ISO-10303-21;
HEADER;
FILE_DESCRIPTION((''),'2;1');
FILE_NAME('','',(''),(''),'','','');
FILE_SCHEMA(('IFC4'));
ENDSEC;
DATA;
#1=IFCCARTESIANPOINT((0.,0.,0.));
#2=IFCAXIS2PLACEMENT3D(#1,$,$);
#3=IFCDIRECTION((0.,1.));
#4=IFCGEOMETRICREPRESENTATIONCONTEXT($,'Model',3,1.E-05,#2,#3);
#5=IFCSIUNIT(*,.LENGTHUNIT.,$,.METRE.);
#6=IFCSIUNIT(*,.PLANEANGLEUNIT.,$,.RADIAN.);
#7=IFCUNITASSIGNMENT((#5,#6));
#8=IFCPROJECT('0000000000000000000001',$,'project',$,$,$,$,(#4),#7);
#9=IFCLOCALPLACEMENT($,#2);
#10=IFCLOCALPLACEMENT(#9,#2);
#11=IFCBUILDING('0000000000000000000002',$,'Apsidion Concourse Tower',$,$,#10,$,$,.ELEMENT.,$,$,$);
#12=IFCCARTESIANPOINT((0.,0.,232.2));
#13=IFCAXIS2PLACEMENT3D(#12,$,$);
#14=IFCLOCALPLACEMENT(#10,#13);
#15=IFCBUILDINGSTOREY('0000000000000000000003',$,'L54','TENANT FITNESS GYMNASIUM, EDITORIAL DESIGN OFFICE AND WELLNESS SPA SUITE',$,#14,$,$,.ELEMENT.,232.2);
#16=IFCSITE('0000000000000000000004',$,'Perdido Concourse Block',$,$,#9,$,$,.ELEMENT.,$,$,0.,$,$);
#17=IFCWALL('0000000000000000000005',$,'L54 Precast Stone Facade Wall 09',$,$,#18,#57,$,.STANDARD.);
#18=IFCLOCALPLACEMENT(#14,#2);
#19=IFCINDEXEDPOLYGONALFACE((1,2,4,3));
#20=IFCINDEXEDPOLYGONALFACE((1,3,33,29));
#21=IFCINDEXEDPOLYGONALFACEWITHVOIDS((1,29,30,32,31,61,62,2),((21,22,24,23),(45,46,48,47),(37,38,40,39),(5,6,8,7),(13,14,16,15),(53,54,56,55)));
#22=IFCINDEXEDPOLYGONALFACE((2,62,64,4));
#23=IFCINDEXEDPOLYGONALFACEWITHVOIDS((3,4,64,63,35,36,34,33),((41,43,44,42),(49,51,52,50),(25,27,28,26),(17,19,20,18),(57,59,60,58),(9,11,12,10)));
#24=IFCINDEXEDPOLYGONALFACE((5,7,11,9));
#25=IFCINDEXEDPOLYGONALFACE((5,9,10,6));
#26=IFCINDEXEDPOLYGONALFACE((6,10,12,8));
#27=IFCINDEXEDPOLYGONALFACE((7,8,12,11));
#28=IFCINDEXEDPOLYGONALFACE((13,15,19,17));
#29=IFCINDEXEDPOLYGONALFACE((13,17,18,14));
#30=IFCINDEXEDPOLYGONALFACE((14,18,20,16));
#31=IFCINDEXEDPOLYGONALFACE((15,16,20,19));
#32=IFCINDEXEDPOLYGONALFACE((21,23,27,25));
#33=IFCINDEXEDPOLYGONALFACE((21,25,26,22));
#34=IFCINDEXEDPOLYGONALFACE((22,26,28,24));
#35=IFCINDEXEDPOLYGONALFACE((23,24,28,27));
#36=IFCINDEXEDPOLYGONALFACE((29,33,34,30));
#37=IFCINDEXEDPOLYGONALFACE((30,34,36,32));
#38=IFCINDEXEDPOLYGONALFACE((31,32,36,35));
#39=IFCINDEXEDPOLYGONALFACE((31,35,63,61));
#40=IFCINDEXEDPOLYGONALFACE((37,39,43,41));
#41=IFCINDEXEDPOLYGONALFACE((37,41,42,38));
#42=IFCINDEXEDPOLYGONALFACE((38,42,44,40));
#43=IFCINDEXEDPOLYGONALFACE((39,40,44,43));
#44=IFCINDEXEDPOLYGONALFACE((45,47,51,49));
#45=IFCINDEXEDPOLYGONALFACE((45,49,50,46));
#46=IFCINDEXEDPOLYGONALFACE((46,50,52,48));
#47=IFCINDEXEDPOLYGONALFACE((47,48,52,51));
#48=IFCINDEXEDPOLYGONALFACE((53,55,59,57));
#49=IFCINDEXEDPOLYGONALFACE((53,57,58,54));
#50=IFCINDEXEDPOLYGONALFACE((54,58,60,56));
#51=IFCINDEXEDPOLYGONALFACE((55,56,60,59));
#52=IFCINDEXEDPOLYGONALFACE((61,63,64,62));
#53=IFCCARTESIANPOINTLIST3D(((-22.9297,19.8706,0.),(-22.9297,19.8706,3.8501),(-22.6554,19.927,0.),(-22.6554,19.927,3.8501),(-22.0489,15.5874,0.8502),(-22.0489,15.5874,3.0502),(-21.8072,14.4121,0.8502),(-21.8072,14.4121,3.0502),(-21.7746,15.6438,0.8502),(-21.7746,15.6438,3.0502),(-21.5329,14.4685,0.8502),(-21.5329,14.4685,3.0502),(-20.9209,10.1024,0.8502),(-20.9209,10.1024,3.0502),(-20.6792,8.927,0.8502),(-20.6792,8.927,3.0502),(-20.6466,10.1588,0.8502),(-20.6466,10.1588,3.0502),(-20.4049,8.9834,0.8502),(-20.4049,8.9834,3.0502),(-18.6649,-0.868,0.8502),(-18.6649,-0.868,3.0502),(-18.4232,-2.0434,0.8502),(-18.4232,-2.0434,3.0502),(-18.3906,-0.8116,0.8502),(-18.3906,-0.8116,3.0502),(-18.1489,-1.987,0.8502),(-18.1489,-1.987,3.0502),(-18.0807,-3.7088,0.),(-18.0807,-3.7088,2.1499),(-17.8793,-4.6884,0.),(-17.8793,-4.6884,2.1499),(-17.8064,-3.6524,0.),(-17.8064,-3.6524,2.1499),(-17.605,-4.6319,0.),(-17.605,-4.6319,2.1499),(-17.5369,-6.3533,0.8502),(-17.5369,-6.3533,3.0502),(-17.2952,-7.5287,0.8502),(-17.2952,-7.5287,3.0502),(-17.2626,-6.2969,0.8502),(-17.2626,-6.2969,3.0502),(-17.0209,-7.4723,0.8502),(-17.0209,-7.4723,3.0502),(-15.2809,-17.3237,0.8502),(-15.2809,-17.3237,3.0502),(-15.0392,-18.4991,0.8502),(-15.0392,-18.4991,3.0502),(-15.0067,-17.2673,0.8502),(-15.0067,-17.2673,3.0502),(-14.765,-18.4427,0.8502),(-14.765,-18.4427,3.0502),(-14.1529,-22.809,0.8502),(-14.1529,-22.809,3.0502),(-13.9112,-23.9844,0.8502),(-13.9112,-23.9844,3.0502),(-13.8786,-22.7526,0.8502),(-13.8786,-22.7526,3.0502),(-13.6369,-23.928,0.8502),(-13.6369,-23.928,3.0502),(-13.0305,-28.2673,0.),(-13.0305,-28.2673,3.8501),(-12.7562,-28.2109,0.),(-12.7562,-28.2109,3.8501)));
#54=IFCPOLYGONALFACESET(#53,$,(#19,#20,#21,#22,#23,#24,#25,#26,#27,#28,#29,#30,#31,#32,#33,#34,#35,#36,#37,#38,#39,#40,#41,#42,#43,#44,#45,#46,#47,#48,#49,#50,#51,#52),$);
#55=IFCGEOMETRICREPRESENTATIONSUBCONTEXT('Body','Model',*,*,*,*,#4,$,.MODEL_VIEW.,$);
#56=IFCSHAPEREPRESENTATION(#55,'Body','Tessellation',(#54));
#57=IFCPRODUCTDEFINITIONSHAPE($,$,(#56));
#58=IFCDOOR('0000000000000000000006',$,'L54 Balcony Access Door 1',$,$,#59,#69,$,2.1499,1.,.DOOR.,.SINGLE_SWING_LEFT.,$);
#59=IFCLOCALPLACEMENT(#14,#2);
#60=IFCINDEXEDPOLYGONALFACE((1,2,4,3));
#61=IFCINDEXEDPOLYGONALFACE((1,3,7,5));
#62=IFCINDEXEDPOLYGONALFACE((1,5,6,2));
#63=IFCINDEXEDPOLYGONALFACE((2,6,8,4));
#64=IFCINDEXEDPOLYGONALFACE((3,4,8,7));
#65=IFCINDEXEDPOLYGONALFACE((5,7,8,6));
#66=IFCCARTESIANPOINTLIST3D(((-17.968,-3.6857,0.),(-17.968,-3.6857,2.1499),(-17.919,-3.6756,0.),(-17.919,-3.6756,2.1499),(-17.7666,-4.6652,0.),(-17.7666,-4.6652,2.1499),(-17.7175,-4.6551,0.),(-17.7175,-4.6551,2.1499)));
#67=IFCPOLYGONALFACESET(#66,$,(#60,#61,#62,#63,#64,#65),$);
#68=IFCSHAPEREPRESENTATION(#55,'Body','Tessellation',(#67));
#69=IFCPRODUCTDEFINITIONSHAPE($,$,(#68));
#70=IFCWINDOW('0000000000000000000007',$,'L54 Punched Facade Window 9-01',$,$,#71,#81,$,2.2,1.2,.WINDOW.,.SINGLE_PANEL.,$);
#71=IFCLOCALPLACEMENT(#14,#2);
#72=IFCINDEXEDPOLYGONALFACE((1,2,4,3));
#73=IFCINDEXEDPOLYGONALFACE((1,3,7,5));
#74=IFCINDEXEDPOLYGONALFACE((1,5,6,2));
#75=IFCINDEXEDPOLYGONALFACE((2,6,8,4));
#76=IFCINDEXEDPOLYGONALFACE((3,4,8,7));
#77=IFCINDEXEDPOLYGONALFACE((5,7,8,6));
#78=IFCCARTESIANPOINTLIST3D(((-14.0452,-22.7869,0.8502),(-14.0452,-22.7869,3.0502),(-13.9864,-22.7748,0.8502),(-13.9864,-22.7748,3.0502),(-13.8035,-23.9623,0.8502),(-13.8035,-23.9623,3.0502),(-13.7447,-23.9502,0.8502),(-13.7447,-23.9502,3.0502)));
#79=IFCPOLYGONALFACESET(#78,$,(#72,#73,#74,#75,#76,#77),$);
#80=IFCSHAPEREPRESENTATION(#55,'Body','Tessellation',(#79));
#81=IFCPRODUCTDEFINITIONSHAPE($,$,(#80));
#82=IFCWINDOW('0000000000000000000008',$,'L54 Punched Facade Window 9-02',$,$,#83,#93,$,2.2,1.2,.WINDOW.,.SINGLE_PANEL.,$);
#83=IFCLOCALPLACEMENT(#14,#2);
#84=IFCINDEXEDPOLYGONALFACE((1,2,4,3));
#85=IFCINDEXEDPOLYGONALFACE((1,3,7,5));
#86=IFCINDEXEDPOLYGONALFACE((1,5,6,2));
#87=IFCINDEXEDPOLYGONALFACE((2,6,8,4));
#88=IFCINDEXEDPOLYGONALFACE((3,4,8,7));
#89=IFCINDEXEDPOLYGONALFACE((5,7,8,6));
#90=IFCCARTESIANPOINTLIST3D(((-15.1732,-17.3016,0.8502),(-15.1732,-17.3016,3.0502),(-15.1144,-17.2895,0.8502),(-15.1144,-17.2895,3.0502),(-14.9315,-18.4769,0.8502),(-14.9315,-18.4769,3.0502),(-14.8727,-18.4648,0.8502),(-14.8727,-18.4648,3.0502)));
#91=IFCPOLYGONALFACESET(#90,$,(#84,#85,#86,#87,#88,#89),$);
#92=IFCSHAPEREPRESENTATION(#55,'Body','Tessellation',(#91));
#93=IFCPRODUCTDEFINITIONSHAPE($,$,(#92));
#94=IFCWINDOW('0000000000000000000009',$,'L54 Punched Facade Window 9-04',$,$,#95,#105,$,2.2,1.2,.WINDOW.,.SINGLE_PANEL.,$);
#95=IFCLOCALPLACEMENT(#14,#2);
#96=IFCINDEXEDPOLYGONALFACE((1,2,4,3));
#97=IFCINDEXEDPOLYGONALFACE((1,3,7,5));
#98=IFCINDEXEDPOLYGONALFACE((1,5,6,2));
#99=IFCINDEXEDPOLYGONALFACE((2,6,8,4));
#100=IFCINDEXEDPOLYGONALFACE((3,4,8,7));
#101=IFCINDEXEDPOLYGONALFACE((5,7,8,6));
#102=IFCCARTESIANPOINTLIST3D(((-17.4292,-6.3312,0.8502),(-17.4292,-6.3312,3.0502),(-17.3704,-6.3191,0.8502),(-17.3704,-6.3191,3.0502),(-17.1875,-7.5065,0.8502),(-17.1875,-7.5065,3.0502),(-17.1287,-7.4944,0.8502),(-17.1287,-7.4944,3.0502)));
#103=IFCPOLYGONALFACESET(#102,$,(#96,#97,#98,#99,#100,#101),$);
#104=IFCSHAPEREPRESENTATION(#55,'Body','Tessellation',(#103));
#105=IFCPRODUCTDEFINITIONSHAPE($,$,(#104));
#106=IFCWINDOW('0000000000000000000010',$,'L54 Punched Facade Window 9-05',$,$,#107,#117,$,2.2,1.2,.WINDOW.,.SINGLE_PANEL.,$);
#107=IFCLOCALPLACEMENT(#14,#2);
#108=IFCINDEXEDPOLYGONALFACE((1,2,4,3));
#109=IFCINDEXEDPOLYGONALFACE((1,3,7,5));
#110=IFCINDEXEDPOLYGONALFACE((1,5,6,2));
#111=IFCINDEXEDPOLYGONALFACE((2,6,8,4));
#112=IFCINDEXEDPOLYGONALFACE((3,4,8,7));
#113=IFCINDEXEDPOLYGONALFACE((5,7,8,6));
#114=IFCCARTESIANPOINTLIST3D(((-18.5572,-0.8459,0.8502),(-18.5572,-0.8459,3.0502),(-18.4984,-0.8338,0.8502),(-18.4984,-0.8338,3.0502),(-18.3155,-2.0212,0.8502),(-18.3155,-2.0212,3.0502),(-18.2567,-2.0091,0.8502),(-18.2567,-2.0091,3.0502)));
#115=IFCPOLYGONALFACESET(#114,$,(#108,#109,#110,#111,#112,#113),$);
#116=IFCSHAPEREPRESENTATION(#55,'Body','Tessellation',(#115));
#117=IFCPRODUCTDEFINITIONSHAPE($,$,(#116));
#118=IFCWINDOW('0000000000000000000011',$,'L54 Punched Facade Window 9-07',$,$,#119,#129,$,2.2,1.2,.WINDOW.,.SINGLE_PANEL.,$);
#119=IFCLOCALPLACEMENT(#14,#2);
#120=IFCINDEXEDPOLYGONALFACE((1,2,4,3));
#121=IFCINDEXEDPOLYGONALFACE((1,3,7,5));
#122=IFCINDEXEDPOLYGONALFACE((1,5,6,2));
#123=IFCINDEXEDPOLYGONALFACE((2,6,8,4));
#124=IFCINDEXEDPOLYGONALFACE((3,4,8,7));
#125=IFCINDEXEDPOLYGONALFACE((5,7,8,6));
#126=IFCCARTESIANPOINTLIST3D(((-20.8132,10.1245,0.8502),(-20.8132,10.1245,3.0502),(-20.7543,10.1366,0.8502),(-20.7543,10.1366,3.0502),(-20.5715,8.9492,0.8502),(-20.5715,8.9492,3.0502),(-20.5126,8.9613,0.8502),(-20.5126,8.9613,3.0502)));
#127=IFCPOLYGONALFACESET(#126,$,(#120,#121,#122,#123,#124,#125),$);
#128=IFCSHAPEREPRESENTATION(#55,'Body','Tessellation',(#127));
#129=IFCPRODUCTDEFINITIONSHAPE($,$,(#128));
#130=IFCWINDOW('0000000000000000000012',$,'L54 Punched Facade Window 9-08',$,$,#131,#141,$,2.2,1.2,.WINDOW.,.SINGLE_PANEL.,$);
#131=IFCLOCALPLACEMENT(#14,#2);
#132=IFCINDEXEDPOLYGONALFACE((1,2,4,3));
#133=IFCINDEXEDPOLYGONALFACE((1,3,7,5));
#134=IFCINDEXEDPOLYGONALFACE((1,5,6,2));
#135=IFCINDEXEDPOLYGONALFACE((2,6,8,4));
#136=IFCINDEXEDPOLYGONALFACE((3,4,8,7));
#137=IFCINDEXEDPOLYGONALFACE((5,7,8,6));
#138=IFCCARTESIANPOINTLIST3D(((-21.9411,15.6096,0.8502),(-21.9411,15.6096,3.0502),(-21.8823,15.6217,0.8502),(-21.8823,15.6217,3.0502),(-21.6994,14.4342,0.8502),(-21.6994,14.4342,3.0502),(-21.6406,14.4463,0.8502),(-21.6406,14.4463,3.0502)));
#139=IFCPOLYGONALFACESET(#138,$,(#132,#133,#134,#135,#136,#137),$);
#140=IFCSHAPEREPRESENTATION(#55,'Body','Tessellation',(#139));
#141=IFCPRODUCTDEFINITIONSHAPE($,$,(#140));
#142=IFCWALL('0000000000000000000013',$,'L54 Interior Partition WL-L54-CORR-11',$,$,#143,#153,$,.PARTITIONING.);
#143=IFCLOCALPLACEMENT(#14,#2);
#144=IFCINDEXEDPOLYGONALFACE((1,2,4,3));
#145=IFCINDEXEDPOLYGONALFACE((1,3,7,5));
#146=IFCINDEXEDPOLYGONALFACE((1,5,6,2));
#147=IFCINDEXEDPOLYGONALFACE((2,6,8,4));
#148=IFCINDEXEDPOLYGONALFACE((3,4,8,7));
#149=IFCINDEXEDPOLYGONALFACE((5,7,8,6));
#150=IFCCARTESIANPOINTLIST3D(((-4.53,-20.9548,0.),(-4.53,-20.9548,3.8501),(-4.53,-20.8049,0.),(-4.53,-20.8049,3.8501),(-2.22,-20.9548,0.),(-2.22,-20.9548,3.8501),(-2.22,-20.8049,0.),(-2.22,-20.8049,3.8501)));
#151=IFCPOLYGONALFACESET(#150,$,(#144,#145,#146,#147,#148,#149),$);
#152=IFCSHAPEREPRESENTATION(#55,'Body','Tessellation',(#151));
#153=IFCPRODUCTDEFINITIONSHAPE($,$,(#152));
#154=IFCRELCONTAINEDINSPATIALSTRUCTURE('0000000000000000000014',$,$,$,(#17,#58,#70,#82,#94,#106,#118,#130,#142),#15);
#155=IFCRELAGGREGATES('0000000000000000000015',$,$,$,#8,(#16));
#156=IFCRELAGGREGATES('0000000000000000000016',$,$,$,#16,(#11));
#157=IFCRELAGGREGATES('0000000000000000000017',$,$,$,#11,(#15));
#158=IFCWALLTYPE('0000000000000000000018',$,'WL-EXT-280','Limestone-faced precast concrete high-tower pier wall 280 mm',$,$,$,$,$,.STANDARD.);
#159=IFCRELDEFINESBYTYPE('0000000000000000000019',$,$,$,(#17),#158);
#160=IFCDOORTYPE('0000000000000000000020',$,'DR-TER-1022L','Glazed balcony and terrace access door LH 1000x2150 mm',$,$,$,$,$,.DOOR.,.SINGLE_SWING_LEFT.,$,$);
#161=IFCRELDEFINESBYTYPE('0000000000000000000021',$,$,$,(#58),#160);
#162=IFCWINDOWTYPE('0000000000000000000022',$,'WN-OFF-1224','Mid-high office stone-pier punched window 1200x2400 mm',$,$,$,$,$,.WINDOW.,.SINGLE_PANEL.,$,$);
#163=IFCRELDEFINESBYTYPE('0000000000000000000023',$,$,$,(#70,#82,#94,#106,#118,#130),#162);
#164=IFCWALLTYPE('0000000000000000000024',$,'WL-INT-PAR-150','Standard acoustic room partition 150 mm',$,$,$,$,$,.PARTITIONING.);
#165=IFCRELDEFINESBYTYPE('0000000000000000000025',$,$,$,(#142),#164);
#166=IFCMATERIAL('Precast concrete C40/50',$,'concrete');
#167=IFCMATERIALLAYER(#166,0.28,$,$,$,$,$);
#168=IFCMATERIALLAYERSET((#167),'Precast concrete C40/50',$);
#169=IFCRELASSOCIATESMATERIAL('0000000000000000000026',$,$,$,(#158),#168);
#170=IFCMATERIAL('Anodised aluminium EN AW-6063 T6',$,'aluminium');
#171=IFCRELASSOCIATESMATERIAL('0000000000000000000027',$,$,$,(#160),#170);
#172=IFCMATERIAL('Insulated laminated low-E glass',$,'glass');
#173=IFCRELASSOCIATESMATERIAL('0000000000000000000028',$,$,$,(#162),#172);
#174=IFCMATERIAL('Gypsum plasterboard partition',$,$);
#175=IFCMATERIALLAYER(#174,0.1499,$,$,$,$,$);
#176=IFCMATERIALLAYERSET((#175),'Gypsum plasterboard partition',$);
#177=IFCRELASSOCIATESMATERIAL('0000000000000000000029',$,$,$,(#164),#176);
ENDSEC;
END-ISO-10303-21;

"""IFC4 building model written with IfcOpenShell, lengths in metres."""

from ifc_helpers import new_model, si_unit, direction, frame, frame_2d, origin, place, context, subcontext, project, spatial, rectangle, extrude, material, layer, layer_set, type_object, element, fill, save


model = new_model("IFC4")

# Units and contexts
model_context = context("Model", 3, precision=1e-05, world=origin(), true_north=direction((0.0, 1.0)))
body_context = subcontext(model_context, "Body", "Model", "MODEL_VIEW")
ifc_project = project(units=[si_unit("LENGTHUNIT", "METRE"), si_unit("PLANEANGLEUNIT", "RADIAN")], contexts=[model_context])

# Site, building, storey
site_placement = place(None, origin())
site = spatial("IfcSite", under=ifc_project, at=site_placement, Name="Perdido Concourse Block", CompositionType="ELEMENT", RefElevation=0.0)
building_placement = place(site_placement, origin())
building = spatial("IfcBuilding", under=site, at=building_placement, Name="Apsidion Concourse Tower", CompositionType="ELEMENT")
storey_placement = place(building_placement, frame((0.0, 0.0, 232.2)))
storey = spatial("IfcBuildingStorey", under=building, at=storey_placement, Name="L54", Description="TENANT FITNESS GYMNASIUM, EDITORIAL DESIGN OFFICE AND WELLNESS SPA SUITE", CompositionType="ELEMENT", Elevation=232.2)

# Shared definitions
ifc_material_1 = material(Name="Precast concrete C40/50", Category="concrete")
ifc_layer_1 = layer(ifc_material_1, 0.28)
ifc_layer_set_1 = layer_set([ifc_layer_1], Name="Precast concrete C40/50")
wall_type_1 = type_object("IfcWallType", Name="WL-EXT-280", Description="Limestone-faced precast concrete high-tower pier wall 280 mm", PredefinedType="STANDARD", material=ifc_layer_set_1)

# Wall, openings, door, windows
wall_1_placement = place(storey_placement, frame((-12.8933, -28.2393, 0.0), z_axis=(0.0, 0.0, 1.0), x_axis=(-0.201427, 0.979504, 0.0)))
wall_1 = element("IfcWall", 1, at=wall_1_placement, inside=storey, type_object=wall_type_1, Name="L54 Precast Stone Facade Wall 09", PredefinedType="STANDARD", context=body_context, shape_type="SweptSolid", body=[
    extrude(rectangle(XDim=49.1453, YDim=0.28, at=frame_2d((24.5728, 0.0))), origin(), (0.0, 0.0, 1.0), 3.8501),
])
opening_1_placement = place(wall_1_placement, frame((24.0725, 0.0, 0.0)))
opening_1 = element("IfcOpeningElement", 2, at=opening_1_placement, cuts=wall_1, PredefinedType="OPENING", context=body_context, shape_type="SweptSolid", body=[
    extrude(rectangle(XDim=1.0, YDim=2.1499, at=frame_2d((0.5, 1.075))), frame((0.0, 0.1499, 0.0), z_axis=(0.0, -1.0, 0.0), x_axis=(1.0, 0.0, 0.0)), (0.0, 0.0, 1.0), 0.3),
])
opening_2_placement = place(wall_1_placement, frame((4.3726, 0.0, 0.8501)))
opening_2 = element("IfcOpeningElement", 3, at=opening_2_placement, cuts=wall_1, PredefinedType="OPENING", context=body_context, shape_type="SweptSolid", body=[
    extrude(rectangle(XDim=1.2, YDim=2.2, at=frame_2d((0.6001, 1.1001))), frame((0.0, 0.1499, 0.0), z_axis=(0.0, -1.0, 0.0), x_axis=(1.0, 0.0, 0.0)), (0.0, 0.0, 1.0), 0.3),
])
opening_3_placement = place(wall_1_placement, frame((9.9727, 0.0, 0.8501)))
opening_3 = element("IfcOpeningElement", 4, at=opening_3_placement, cuts=wall_1, PredefinedType="OPENING", context=body_context, shape_type="SweptSolid", body=[
    extrude(rectangle(XDim=1.2, YDim=2.2, at=frame_2d((0.6001, 1.1001))), frame((0.0, 0.1499, 0.0), z_axis=(0.0, -1.0, 0.0), x_axis=(1.0, 0.0, 0.0)), (0.0, 0.0, 1.0), 0.3),
])
opening_4_placement = place(wall_1_placement, frame((21.1726, 0.0, 0.8501)))
opening_4 = element("IfcOpeningElement", 5, at=opening_4_placement, cuts=wall_1, PredefinedType="OPENING", context=body_context, shape_type="SweptSolid", body=[
    extrude(rectangle(XDim=1.2, YDim=2.2, at=frame_2d((0.6001, 1.1001))), frame((0.0, 0.1499, 0.0), z_axis=(0.0, -1.0, 0.0), x_axis=(1.0, 0.0, 0.0)), (0.0, 0.0, 1.0), 0.3),
])
opening_5_placement = place(wall_1_placement, frame((26.7727, 0.0, 0.8501)))
opening_5 = element("IfcOpeningElement", 6, at=opening_5_placement, cuts=wall_1, PredefinedType="OPENING", context=body_context, shape_type="SweptSolid", body=[
    extrude(rectangle(XDim=1.2, YDim=2.2, at=frame_2d((0.6001, 1.1001))), frame((0.0, 0.1499, 0.0), z_axis=(0.0, -1.0, 0.0), x_axis=(1.0, 0.0, 0.0)), (0.0, 0.0, 1.0), 0.3),
])
opening_6_placement = place(wall_1_placement, frame((37.9727, 0.0, 0.8501)))
opening_6 = element("IfcOpeningElement", 7, at=opening_6_placement, cuts=wall_1, PredefinedType="OPENING", context=body_context, shape_type="SweptSolid", body=[
    extrude(rectangle(XDim=1.2, YDim=2.2, at=frame_2d((0.6001, 1.1001))), frame((0.0, 0.1499, 0.0), z_axis=(0.0, -1.0, 0.0), x_axis=(1.0, 0.0, 0.0)), (0.0, 0.0, 1.0), 0.3),
])
opening_7_placement = place(wall_1_placement, frame((43.5725, 0.0, 0.8501)))
opening_7 = element("IfcOpeningElement", 8, at=opening_7_placement, cuts=wall_1, PredefinedType="OPENING", context=body_context, shape_type="SweptSolid", body=[
    extrude(rectangle(XDim=1.2, YDim=2.2, at=frame_2d((0.6001, 1.1001))), frame((0.0, 0.1499, 0.0), z_axis=(0.0, -1.0, 0.0), x_axis=(1.0, 0.0, 0.0)), (0.0, 0.0, 1.0), 0.3),
])
ifc_material_2 = material(Name="Anodised aluminium EN AW-6063 T6", Category="aluminium")
door_type = type_object("IfcDoorType", Name="DR-TER-1022L", Description="Glazed balcony and terrace access door LH 1000x2150 mm", OperationType="SINGLE_SWING_LEFT", PredefinedType="DOOR", material=ifc_material_2)
door_placement = place(opening_1_placement, origin())
door = element("IfcDoor", 9, at=door_placement, inside=storey, type_object=door_type, Name="L54 Balcony Access Door 1", OperationType="SINGLE_SWING_LEFT", OverallHeight=2.1499, OverallWidth=1.0, PredefinedType="DOOR", context=body_context, shape_type="SweptSolid", body=[
    extrude(rectangle(XDim=1.0, YDim=2.1499, at=frame_2d((0.5, 1.075))), frame((0.0, 0.0249, 0.0), z_axis=(0.0, -1.0, 0.0), x_axis=(1.0, 0.0, 0.0)), (0.0, 0.0, 1.0), 0.05),
])
fill(opening_1, door)
ifc_material_3 = material(Name="Insulated laminated low-E glass", Category="glass")
window_type = type_object("IfcWindowType", Name="WN-OFF-1224", Description="Mid-high office stone-pier punched window 1200x2400 mm", PartitioningType="SINGLE_PANEL", PredefinedType="WINDOW", material=ifc_material_3)
window_1_placement = place(opening_2_placement, origin())
window_1 = element("IfcWindow", 10, at=window_1_placement, inside=storey, type_object=window_type, Name="L54 Punched Facade Window 9-01", OverallHeight=2.2, OverallWidth=1.2, PartitioningType="SINGLE_PANEL", PredefinedType="WINDOW", context=body_context, shape_type="SweptSolid", body=[
    extrude(rectangle(XDim=1.2, YDim=2.2, at=frame_2d((0.6001, 1.1001))), frame((0.0, 0.03, 0.0), z_axis=(0.0, -1.0, 0.0), x_axis=(1.0, 0.0, 0.0)), (0.0, 0.0, 1.0), 0.0601),
])
fill(opening_2, window_1)
window_2_placement = place(opening_3_placement, origin())
window_2 = element("IfcWindow", 11, at=window_2_placement, inside=storey, type_object=window_type, Name="L54 Punched Facade Window 9-02", OverallHeight=2.2, OverallWidth=1.2, PartitioningType="SINGLE_PANEL", PredefinedType="WINDOW", context=body_context, shape_type="SweptSolid", body=[
    extrude(rectangle(XDim=1.2, YDim=2.2, at=frame_2d((0.6001, 1.1001))), frame((0.0, 0.03, 0.0), z_axis=(0.0, -1.0, 0.0), x_axis=(1.0, 0.0, 0.0)), (0.0, 0.0, 1.0), 0.0601),
])
fill(opening_3, window_2)
window_3_placement = place(opening_4_placement, origin())
window_3 = element("IfcWindow", 12, at=window_3_placement, inside=storey, type_object=window_type, Name="L54 Punched Facade Window 9-04", OverallHeight=2.2, OverallWidth=1.2, PartitioningType="SINGLE_PANEL", PredefinedType="WINDOW", context=body_context, shape_type="SweptSolid", body=[
    extrude(rectangle(XDim=1.2, YDim=2.2, at=frame_2d((0.6001, 1.1001))), frame((0.0, 0.03, 0.0), z_axis=(0.0, -1.0, 0.0), x_axis=(1.0, 0.0, 0.0)), (0.0, 0.0, 1.0), 0.0601),
])
fill(opening_4, window_3)
window_4_placement = place(opening_5_placement, origin())
window_4 = element("IfcWindow", 13, at=window_4_placement, inside=storey, type_object=window_type, Name="L54 Punched Facade Window 9-05", OverallHeight=2.2, OverallWidth=1.2, PartitioningType="SINGLE_PANEL", PredefinedType="WINDOW", context=body_context, shape_type="SweptSolid", body=[
    extrude(rectangle(XDim=1.2, YDim=2.2, at=frame_2d((0.6001, 1.1001))), frame((0.0, 0.03, 0.0), z_axis=(0.0, -1.0, 0.0), x_axis=(1.0, 0.0, 0.0)), (0.0, 0.0, 1.0), 0.0601),
])
fill(opening_5, window_4)
window_5_placement = place(opening_6_placement, origin())
window_5 = element("IfcWindow", 14, at=window_5_placement, inside=storey, type_object=window_type, Name="L54 Punched Facade Window 9-07", OverallHeight=2.2, OverallWidth=1.2, PartitioningType="SINGLE_PANEL", PredefinedType="WINDOW", context=body_context, shape_type="SweptSolid", body=[
    extrude(rectangle(XDim=1.2, YDim=2.2, at=frame_2d((0.6001, 1.1001))), frame((0.0, 0.03, 0.0), z_axis=(0.0, -1.0, 0.0), x_axis=(1.0, 0.0, 0.0)), (0.0, 0.0, 1.0), 0.0601),
])
fill(opening_6, window_5)
window_6_placement = place(opening_7_placement, origin())
window_6 = element("IfcWindow", 15, at=window_6_placement, inside=storey, type_object=window_type, Name="L54 Punched Facade Window 9-08", OverallHeight=2.2, OverallWidth=1.2, PartitioningType="SINGLE_PANEL", PredefinedType="WINDOW", context=body_context, shape_type="SweptSolid", body=[
    extrude(rectangle(XDim=1.2, YDim=2.2, at=frame_2d((0.6001, 1.1001))), frame((0.0, 0.03, 0.0), z_axis=(0.0, -1.0, 0.0), x_axis=(1.0, 0.0, 0.0)), (0.0, 0.0, 1.0), 0.0601),
])
fill(opening_7, window_6)

# Wall
ifc_material_4 = material(Name="Gypsum plasterboard partition")
ifc_layer_2 = layer(ifc_material_4, 0.1499)
ifc_layer_set_2 = layer_set([ifc_layer_2], Name="Gypsum plasterboard partition")
wall_type_2 = type_object("IfcWallType", Name="WL-INT-PAR-150", Description="Standard acoustic room partition 150 mm", PredefinedType="PARTITIONING", material=ifc_layer_set_2)
wall_2_placement = place(storey_placement, frame((-2.22, -20.8799, 0.0), z_axis=(0.0, 0.0, 1.0), x_axis=(-1.0, 0.0, 0.0)))
element("IfcWall", 16, at=wall_2_placement, inside=storey, type_object=wall_type_2, Name="L54 Interior Partition WL-L54-CORR-11", PredefinedType="PARTITIONING", context=body_context, shape_type="SweptSolid", body=[
    extrude(rectangle(XDim=2.3101, YDim=0.1499, at=frame_2d((1.155, 0.0))), origin(), (0.0, 0.0, 1.0), 3.8501),
])

save(model, "model.ifc")
